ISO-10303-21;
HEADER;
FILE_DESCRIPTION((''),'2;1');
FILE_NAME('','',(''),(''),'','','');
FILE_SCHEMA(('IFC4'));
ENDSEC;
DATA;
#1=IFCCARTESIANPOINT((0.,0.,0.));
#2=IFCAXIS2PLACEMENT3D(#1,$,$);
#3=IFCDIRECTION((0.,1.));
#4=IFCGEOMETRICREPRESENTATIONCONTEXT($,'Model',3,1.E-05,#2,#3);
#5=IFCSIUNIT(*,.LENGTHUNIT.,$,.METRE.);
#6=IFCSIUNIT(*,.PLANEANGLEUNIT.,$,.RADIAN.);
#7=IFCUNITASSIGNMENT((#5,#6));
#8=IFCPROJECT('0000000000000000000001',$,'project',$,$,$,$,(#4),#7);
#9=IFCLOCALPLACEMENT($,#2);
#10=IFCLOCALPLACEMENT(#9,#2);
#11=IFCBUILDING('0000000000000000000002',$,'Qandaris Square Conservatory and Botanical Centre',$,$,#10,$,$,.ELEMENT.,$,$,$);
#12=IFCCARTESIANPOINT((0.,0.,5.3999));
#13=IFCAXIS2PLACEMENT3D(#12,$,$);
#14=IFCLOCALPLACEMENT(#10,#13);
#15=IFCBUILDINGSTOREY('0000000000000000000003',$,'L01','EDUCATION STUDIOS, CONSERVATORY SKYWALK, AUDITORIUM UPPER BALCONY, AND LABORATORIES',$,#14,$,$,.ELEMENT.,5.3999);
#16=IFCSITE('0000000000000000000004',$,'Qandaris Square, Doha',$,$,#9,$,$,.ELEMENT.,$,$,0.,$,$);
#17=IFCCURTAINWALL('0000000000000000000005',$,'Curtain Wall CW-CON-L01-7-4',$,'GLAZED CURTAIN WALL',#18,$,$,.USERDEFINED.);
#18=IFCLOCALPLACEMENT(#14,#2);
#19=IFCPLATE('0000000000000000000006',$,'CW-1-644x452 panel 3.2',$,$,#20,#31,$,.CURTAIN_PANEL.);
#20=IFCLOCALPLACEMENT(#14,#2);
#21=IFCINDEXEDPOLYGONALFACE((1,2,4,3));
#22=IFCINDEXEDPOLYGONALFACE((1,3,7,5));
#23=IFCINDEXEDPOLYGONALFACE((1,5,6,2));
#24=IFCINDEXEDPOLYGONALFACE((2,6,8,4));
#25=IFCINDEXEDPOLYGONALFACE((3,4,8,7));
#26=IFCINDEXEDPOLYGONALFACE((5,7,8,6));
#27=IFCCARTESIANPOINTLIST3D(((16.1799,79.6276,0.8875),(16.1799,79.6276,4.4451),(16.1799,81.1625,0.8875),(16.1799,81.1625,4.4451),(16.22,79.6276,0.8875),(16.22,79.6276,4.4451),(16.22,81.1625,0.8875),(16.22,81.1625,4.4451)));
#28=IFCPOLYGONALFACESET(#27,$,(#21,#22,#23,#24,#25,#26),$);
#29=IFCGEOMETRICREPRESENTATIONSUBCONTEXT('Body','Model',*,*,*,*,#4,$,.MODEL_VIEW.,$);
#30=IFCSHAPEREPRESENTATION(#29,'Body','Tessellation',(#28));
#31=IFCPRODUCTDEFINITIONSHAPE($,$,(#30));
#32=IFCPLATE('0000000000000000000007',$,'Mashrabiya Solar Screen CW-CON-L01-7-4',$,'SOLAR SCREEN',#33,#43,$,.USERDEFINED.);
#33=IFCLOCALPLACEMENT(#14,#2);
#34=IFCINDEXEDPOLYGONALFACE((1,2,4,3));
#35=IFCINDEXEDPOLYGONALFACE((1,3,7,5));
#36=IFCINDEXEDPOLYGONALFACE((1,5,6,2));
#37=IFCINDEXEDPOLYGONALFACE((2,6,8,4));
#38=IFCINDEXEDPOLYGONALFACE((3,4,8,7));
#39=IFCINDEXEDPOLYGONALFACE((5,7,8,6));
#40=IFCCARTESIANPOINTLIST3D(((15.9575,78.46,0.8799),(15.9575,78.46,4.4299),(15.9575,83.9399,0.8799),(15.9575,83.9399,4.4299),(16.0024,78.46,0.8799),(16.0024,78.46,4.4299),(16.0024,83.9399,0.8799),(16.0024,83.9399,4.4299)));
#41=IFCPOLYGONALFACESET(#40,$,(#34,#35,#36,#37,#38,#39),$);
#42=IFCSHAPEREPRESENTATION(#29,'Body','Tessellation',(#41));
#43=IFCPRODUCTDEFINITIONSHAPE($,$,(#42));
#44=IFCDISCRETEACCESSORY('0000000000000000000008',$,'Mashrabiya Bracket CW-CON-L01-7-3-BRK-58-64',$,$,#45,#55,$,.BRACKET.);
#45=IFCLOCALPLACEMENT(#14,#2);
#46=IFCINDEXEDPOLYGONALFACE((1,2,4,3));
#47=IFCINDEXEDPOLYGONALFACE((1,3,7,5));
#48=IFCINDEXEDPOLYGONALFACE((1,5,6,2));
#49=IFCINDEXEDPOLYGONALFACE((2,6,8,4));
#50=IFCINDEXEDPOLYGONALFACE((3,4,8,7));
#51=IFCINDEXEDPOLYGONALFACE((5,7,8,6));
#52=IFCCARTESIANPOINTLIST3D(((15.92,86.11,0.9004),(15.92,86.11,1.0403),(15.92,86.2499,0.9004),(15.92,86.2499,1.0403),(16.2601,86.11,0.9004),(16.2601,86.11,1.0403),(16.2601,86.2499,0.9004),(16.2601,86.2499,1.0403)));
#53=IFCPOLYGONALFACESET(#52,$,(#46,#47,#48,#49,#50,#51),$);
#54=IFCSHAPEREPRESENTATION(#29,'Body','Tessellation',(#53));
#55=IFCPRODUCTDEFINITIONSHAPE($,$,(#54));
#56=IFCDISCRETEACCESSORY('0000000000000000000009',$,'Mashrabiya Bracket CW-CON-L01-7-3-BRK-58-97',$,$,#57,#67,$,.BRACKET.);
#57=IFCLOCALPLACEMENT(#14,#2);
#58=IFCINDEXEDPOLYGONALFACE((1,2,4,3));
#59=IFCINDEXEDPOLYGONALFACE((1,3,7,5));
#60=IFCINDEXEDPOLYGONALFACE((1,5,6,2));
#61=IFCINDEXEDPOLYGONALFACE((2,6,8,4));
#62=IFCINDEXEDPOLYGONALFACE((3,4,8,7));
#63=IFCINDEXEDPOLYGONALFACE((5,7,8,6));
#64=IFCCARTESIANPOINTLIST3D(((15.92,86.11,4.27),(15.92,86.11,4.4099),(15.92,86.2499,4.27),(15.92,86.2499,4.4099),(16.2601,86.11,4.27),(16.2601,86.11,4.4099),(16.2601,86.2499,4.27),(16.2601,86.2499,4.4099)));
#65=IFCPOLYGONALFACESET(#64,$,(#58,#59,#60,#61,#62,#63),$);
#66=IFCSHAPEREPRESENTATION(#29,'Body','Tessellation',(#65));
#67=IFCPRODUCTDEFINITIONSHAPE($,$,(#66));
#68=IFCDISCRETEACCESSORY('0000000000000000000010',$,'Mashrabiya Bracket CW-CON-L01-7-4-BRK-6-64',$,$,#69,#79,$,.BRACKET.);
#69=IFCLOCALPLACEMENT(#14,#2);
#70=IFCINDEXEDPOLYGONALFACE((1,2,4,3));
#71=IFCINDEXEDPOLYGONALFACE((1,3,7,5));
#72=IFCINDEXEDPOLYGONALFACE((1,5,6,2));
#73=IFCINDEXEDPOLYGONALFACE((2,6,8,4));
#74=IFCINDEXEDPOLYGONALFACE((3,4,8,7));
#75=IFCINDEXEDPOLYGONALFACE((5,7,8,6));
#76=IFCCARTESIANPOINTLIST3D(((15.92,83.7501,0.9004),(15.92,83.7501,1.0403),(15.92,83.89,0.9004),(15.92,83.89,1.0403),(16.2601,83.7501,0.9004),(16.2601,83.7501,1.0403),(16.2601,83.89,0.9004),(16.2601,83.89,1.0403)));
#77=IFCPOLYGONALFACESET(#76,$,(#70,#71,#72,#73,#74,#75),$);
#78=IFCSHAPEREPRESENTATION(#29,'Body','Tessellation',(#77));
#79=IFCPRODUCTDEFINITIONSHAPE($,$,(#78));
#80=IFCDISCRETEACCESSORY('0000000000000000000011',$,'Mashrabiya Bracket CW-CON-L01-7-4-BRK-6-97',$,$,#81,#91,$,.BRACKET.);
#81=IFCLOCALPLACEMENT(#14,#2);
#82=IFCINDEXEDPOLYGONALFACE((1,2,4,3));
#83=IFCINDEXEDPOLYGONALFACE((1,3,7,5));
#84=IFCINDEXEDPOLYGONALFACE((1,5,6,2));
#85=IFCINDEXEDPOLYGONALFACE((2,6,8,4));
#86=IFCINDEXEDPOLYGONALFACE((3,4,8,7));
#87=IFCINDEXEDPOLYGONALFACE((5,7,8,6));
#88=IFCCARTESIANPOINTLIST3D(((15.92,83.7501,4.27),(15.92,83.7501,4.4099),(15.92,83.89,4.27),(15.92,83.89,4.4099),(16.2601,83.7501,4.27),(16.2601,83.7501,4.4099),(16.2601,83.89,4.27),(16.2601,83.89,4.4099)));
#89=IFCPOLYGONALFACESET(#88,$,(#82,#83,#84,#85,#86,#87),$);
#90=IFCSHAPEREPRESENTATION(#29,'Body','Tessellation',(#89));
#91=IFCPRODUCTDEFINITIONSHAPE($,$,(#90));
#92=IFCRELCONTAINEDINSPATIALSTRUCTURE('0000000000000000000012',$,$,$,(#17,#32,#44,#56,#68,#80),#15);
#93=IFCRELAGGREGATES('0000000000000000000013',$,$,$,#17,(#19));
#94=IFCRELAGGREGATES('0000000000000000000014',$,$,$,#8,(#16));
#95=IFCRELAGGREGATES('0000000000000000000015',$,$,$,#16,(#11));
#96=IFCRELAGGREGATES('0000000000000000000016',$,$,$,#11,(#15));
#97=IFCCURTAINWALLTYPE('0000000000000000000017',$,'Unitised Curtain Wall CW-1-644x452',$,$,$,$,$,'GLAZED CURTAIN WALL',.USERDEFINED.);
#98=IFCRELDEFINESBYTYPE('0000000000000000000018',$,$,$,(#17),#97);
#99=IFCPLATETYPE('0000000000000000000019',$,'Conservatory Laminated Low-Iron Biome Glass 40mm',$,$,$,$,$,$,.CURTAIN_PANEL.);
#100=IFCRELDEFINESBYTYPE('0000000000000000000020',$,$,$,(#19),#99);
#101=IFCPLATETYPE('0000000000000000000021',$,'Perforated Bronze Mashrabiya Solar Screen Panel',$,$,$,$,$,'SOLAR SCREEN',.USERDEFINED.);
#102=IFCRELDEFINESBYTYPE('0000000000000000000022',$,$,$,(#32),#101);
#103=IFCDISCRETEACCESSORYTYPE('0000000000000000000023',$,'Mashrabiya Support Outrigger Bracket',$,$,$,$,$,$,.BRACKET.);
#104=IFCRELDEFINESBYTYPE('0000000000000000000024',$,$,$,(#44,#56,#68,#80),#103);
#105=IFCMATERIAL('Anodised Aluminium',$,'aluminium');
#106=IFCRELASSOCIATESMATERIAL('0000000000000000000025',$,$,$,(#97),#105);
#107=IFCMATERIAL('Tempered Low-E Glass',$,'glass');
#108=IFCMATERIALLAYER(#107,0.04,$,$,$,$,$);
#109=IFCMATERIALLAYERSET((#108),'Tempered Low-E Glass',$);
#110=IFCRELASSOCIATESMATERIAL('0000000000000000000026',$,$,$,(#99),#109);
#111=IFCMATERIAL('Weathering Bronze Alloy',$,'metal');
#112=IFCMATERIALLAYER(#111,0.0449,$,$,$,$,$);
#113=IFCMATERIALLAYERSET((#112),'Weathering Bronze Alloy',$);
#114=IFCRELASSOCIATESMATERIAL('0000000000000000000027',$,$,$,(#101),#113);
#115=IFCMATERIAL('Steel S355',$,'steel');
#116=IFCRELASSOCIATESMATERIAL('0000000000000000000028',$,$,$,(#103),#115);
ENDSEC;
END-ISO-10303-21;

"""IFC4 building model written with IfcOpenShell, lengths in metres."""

from ifc_helpers import new_model, si_unit, direction, frame, origin, origin_2d, place, context, subcontext, project, spatial, rectangle, extrude, material, layer, layer_set, type_object, element, aggregate, save


model = new_model("IFC4")

# Units and contexts
model_context = context("Model", 3, precision=1e-05, world=origin(), true_north=direction((0.0, 1.0)))
body_context = subcontext(model_context, "Body", "Model", "MODEL_VIEW")
ifc_project = project(units=[si_unit("LENGTHUNIT", "METRE"), si_unit("PLANEANGLEUNIT", "RADIAN")], contexts=[model_context])

# Site, building, storey
site_placement = place(None, origin())
site = spatial("IfcSite", under=ifc_project, at=site_placement, Name="Qandaris Square, Doha", CompositionType="ELEMENT", RefElevation=0.0)
building_placement = place(site_placement, origin())
building = spatial("IfcBuilding", under=site, at=building_placement, Name="Qandaris Square Conservatory and Botanical Centre", CompositionType="ELEMENT")
storey_placement = place(building_placement, frame((0.0, 0.0, 5.3999)))
storey = spatial("IfcBuildingStorey", under=building, at=storey_placement, Name="L01", Description="EDUCATION STUDIOS, CONSERVATORY SKYWALK, AUDITORIUM UPPER BALCONY, AND LABORATORIES", CompositionType="ELEMENT", Elevation=5.3999)

# Shared definitions
ifc_material_1 = material(Name="Steel S355", Category="steel")

# Shared definitions
ifc_material_2 = material(Name="Anodised Aluminium", Category="aluminium")
curtain_wall_type = type_object("IfcCurtainWallType", Name="Unitised Curtain Wall CW-1-644x452", ElementType="GLAZED CURTAIN WALL", PredefinedType="USERDEFINED", material=ifc_material_2)

# Curtain wall
curtain_wall_1_placement = place(storey_placement, origin())
curtain_wall_1 = element("IfcCurtainWall", 1, at=curtain_wall_1_placement, inside=storey, type_object=curtain_wall_type, Name="Curtain Wall CW-CON-L01-7-4", ObjectType="GLAZED CURTAIN WALL", PredefinedType="USERDEFINED")

# Plates
ifc_material_3 = material(Name="Tempered Low-E Glass", Category="glass")
ifc_layer_1 = layer(ifc_material_3, 0.04)
ifc_layer_set_1 = layer_set([ifc_layer_1], Name="Tempered Low-E Glass")
plate_type_1 = type_object("IfcPlateType", Name="Conservatory Laminated Low-Iron Biome Glass 40mm", PredefinedType="CURTAIN_PANEL", material=ifc_layer_set_1)
plate_1_placement = place(storey_placement, frame((16.2, 80.395, 0.8875), z_axis=(0.0, 0.0, 1.0), x_axis=(0.0, -1.0, 0.0)))
plate_1 = element("IfcPlate", 2, at=plate_1_placement, type_object=plate_type_1, Name="CW-1-644x452 panel 3.2", PredefinedType="CURTAIN_PANEL", context=body_context, shape_type="SweptSolid", body=[
    extrude(rectangle(XDim=1.5349, YDim=0.04, at=origin_2d()), origin(), (0.0, 0.0, 1.0), 3.5576),
])
aggregate(curtain_wall_1, [plate_1])
ifc_material_4 = material(Name="Weathering Bronze Alloy", Category="metal")
ifc_layer_2 = layer(ifc_material_4, 0.0449)
ifc_layer_set_2 = layer_set([ifc_layer_2], Name="Weathering Bronze Alloy")
plate_type_2 = type_object("IfcPlateType", Name="Perforated Bronze Mashrabiya Solar Screen Panel", ElementType="SOLAR SCREEN", PredefinedType="USERDEFINED", material=ifc_layer_set_2)
plate_2_placement = place(storey_placement, frame((15.98, 81.2, 0.8799), z_axis=(0.0, 0.0, 1.0), x_axis=(0.0, -1.0, 0.0)))
element("IfcPlate", 3, at=plate_2_placement, inside=storey, type_object=plate_type_2, Name="Mashrabiya Solar Screen CW-CON-L01-7-4", ObjectType="SOLAR SCREEN", PredefinedType="USERDEFINED", context=body_context, shape_type="SweptSolid", body=[
    extrude(rectangle(XDim=5.48, YDim=0.0449, at=origin_2d()), origin(), (0.0, 0.0, 1.0), 3.55),
])

# Discrete accessories
discrete_accessory_type = type_object("IfcDiscreteAccessoryType", Name="Mashrabiya Support Outrigger Bracket", PredefinedType="BRACKET", material=ifc_material_1)
for number, where, z_axis, x_axis, name in (
    (4, (16.0901, 86.1799, 0.9004), (0.0, 0.0, 1.0), (0.0, -1.0, 0.0), "Mashrabiya Bracket CW-CON-L01-7-3-BRK-58-64"),
    (5, (16.0901, 86.1799, 4.27), (0.0, 0.0, 1.0), (0.0, -1.0, 0.0), "Mashrabiya Bracket CW-CON-L01-7-3-BRK-58-97"),
    (6, (16.0901, 83.8201, 0.9004), (0.0, 0.0, 1.0), (0.0, -1.0, 0.0), "Mashrabiya Bracket CW-CON-L01-7-4-BRK-6-64"),
    (7, (16.0901, 83.8201, 4.27), (0.0, 0.0, 1.0), (0.0, -1.0, 0.0), "Mashrabiya Bracket CW-CON-L01-7-4-BRK-6-97"),
):
    element("IfcDiscreteAccessory", number, at=place(storey_placement, frame(where, z_axis=z_axis, x_axis=x_axis)), inside=storey, type_object=discrete_accessory_type, Name=name, PredefinedType="BRACKET", context=body_context, shape_type="SweptSolid", body=[
        extrude(rectangle(XDim=0.1399, YDim=0.3401, at=origin_2d()), origin(), (0.0, 0.0, 1.0), 0.1399),
    ])

save(model, "model.ifc")
